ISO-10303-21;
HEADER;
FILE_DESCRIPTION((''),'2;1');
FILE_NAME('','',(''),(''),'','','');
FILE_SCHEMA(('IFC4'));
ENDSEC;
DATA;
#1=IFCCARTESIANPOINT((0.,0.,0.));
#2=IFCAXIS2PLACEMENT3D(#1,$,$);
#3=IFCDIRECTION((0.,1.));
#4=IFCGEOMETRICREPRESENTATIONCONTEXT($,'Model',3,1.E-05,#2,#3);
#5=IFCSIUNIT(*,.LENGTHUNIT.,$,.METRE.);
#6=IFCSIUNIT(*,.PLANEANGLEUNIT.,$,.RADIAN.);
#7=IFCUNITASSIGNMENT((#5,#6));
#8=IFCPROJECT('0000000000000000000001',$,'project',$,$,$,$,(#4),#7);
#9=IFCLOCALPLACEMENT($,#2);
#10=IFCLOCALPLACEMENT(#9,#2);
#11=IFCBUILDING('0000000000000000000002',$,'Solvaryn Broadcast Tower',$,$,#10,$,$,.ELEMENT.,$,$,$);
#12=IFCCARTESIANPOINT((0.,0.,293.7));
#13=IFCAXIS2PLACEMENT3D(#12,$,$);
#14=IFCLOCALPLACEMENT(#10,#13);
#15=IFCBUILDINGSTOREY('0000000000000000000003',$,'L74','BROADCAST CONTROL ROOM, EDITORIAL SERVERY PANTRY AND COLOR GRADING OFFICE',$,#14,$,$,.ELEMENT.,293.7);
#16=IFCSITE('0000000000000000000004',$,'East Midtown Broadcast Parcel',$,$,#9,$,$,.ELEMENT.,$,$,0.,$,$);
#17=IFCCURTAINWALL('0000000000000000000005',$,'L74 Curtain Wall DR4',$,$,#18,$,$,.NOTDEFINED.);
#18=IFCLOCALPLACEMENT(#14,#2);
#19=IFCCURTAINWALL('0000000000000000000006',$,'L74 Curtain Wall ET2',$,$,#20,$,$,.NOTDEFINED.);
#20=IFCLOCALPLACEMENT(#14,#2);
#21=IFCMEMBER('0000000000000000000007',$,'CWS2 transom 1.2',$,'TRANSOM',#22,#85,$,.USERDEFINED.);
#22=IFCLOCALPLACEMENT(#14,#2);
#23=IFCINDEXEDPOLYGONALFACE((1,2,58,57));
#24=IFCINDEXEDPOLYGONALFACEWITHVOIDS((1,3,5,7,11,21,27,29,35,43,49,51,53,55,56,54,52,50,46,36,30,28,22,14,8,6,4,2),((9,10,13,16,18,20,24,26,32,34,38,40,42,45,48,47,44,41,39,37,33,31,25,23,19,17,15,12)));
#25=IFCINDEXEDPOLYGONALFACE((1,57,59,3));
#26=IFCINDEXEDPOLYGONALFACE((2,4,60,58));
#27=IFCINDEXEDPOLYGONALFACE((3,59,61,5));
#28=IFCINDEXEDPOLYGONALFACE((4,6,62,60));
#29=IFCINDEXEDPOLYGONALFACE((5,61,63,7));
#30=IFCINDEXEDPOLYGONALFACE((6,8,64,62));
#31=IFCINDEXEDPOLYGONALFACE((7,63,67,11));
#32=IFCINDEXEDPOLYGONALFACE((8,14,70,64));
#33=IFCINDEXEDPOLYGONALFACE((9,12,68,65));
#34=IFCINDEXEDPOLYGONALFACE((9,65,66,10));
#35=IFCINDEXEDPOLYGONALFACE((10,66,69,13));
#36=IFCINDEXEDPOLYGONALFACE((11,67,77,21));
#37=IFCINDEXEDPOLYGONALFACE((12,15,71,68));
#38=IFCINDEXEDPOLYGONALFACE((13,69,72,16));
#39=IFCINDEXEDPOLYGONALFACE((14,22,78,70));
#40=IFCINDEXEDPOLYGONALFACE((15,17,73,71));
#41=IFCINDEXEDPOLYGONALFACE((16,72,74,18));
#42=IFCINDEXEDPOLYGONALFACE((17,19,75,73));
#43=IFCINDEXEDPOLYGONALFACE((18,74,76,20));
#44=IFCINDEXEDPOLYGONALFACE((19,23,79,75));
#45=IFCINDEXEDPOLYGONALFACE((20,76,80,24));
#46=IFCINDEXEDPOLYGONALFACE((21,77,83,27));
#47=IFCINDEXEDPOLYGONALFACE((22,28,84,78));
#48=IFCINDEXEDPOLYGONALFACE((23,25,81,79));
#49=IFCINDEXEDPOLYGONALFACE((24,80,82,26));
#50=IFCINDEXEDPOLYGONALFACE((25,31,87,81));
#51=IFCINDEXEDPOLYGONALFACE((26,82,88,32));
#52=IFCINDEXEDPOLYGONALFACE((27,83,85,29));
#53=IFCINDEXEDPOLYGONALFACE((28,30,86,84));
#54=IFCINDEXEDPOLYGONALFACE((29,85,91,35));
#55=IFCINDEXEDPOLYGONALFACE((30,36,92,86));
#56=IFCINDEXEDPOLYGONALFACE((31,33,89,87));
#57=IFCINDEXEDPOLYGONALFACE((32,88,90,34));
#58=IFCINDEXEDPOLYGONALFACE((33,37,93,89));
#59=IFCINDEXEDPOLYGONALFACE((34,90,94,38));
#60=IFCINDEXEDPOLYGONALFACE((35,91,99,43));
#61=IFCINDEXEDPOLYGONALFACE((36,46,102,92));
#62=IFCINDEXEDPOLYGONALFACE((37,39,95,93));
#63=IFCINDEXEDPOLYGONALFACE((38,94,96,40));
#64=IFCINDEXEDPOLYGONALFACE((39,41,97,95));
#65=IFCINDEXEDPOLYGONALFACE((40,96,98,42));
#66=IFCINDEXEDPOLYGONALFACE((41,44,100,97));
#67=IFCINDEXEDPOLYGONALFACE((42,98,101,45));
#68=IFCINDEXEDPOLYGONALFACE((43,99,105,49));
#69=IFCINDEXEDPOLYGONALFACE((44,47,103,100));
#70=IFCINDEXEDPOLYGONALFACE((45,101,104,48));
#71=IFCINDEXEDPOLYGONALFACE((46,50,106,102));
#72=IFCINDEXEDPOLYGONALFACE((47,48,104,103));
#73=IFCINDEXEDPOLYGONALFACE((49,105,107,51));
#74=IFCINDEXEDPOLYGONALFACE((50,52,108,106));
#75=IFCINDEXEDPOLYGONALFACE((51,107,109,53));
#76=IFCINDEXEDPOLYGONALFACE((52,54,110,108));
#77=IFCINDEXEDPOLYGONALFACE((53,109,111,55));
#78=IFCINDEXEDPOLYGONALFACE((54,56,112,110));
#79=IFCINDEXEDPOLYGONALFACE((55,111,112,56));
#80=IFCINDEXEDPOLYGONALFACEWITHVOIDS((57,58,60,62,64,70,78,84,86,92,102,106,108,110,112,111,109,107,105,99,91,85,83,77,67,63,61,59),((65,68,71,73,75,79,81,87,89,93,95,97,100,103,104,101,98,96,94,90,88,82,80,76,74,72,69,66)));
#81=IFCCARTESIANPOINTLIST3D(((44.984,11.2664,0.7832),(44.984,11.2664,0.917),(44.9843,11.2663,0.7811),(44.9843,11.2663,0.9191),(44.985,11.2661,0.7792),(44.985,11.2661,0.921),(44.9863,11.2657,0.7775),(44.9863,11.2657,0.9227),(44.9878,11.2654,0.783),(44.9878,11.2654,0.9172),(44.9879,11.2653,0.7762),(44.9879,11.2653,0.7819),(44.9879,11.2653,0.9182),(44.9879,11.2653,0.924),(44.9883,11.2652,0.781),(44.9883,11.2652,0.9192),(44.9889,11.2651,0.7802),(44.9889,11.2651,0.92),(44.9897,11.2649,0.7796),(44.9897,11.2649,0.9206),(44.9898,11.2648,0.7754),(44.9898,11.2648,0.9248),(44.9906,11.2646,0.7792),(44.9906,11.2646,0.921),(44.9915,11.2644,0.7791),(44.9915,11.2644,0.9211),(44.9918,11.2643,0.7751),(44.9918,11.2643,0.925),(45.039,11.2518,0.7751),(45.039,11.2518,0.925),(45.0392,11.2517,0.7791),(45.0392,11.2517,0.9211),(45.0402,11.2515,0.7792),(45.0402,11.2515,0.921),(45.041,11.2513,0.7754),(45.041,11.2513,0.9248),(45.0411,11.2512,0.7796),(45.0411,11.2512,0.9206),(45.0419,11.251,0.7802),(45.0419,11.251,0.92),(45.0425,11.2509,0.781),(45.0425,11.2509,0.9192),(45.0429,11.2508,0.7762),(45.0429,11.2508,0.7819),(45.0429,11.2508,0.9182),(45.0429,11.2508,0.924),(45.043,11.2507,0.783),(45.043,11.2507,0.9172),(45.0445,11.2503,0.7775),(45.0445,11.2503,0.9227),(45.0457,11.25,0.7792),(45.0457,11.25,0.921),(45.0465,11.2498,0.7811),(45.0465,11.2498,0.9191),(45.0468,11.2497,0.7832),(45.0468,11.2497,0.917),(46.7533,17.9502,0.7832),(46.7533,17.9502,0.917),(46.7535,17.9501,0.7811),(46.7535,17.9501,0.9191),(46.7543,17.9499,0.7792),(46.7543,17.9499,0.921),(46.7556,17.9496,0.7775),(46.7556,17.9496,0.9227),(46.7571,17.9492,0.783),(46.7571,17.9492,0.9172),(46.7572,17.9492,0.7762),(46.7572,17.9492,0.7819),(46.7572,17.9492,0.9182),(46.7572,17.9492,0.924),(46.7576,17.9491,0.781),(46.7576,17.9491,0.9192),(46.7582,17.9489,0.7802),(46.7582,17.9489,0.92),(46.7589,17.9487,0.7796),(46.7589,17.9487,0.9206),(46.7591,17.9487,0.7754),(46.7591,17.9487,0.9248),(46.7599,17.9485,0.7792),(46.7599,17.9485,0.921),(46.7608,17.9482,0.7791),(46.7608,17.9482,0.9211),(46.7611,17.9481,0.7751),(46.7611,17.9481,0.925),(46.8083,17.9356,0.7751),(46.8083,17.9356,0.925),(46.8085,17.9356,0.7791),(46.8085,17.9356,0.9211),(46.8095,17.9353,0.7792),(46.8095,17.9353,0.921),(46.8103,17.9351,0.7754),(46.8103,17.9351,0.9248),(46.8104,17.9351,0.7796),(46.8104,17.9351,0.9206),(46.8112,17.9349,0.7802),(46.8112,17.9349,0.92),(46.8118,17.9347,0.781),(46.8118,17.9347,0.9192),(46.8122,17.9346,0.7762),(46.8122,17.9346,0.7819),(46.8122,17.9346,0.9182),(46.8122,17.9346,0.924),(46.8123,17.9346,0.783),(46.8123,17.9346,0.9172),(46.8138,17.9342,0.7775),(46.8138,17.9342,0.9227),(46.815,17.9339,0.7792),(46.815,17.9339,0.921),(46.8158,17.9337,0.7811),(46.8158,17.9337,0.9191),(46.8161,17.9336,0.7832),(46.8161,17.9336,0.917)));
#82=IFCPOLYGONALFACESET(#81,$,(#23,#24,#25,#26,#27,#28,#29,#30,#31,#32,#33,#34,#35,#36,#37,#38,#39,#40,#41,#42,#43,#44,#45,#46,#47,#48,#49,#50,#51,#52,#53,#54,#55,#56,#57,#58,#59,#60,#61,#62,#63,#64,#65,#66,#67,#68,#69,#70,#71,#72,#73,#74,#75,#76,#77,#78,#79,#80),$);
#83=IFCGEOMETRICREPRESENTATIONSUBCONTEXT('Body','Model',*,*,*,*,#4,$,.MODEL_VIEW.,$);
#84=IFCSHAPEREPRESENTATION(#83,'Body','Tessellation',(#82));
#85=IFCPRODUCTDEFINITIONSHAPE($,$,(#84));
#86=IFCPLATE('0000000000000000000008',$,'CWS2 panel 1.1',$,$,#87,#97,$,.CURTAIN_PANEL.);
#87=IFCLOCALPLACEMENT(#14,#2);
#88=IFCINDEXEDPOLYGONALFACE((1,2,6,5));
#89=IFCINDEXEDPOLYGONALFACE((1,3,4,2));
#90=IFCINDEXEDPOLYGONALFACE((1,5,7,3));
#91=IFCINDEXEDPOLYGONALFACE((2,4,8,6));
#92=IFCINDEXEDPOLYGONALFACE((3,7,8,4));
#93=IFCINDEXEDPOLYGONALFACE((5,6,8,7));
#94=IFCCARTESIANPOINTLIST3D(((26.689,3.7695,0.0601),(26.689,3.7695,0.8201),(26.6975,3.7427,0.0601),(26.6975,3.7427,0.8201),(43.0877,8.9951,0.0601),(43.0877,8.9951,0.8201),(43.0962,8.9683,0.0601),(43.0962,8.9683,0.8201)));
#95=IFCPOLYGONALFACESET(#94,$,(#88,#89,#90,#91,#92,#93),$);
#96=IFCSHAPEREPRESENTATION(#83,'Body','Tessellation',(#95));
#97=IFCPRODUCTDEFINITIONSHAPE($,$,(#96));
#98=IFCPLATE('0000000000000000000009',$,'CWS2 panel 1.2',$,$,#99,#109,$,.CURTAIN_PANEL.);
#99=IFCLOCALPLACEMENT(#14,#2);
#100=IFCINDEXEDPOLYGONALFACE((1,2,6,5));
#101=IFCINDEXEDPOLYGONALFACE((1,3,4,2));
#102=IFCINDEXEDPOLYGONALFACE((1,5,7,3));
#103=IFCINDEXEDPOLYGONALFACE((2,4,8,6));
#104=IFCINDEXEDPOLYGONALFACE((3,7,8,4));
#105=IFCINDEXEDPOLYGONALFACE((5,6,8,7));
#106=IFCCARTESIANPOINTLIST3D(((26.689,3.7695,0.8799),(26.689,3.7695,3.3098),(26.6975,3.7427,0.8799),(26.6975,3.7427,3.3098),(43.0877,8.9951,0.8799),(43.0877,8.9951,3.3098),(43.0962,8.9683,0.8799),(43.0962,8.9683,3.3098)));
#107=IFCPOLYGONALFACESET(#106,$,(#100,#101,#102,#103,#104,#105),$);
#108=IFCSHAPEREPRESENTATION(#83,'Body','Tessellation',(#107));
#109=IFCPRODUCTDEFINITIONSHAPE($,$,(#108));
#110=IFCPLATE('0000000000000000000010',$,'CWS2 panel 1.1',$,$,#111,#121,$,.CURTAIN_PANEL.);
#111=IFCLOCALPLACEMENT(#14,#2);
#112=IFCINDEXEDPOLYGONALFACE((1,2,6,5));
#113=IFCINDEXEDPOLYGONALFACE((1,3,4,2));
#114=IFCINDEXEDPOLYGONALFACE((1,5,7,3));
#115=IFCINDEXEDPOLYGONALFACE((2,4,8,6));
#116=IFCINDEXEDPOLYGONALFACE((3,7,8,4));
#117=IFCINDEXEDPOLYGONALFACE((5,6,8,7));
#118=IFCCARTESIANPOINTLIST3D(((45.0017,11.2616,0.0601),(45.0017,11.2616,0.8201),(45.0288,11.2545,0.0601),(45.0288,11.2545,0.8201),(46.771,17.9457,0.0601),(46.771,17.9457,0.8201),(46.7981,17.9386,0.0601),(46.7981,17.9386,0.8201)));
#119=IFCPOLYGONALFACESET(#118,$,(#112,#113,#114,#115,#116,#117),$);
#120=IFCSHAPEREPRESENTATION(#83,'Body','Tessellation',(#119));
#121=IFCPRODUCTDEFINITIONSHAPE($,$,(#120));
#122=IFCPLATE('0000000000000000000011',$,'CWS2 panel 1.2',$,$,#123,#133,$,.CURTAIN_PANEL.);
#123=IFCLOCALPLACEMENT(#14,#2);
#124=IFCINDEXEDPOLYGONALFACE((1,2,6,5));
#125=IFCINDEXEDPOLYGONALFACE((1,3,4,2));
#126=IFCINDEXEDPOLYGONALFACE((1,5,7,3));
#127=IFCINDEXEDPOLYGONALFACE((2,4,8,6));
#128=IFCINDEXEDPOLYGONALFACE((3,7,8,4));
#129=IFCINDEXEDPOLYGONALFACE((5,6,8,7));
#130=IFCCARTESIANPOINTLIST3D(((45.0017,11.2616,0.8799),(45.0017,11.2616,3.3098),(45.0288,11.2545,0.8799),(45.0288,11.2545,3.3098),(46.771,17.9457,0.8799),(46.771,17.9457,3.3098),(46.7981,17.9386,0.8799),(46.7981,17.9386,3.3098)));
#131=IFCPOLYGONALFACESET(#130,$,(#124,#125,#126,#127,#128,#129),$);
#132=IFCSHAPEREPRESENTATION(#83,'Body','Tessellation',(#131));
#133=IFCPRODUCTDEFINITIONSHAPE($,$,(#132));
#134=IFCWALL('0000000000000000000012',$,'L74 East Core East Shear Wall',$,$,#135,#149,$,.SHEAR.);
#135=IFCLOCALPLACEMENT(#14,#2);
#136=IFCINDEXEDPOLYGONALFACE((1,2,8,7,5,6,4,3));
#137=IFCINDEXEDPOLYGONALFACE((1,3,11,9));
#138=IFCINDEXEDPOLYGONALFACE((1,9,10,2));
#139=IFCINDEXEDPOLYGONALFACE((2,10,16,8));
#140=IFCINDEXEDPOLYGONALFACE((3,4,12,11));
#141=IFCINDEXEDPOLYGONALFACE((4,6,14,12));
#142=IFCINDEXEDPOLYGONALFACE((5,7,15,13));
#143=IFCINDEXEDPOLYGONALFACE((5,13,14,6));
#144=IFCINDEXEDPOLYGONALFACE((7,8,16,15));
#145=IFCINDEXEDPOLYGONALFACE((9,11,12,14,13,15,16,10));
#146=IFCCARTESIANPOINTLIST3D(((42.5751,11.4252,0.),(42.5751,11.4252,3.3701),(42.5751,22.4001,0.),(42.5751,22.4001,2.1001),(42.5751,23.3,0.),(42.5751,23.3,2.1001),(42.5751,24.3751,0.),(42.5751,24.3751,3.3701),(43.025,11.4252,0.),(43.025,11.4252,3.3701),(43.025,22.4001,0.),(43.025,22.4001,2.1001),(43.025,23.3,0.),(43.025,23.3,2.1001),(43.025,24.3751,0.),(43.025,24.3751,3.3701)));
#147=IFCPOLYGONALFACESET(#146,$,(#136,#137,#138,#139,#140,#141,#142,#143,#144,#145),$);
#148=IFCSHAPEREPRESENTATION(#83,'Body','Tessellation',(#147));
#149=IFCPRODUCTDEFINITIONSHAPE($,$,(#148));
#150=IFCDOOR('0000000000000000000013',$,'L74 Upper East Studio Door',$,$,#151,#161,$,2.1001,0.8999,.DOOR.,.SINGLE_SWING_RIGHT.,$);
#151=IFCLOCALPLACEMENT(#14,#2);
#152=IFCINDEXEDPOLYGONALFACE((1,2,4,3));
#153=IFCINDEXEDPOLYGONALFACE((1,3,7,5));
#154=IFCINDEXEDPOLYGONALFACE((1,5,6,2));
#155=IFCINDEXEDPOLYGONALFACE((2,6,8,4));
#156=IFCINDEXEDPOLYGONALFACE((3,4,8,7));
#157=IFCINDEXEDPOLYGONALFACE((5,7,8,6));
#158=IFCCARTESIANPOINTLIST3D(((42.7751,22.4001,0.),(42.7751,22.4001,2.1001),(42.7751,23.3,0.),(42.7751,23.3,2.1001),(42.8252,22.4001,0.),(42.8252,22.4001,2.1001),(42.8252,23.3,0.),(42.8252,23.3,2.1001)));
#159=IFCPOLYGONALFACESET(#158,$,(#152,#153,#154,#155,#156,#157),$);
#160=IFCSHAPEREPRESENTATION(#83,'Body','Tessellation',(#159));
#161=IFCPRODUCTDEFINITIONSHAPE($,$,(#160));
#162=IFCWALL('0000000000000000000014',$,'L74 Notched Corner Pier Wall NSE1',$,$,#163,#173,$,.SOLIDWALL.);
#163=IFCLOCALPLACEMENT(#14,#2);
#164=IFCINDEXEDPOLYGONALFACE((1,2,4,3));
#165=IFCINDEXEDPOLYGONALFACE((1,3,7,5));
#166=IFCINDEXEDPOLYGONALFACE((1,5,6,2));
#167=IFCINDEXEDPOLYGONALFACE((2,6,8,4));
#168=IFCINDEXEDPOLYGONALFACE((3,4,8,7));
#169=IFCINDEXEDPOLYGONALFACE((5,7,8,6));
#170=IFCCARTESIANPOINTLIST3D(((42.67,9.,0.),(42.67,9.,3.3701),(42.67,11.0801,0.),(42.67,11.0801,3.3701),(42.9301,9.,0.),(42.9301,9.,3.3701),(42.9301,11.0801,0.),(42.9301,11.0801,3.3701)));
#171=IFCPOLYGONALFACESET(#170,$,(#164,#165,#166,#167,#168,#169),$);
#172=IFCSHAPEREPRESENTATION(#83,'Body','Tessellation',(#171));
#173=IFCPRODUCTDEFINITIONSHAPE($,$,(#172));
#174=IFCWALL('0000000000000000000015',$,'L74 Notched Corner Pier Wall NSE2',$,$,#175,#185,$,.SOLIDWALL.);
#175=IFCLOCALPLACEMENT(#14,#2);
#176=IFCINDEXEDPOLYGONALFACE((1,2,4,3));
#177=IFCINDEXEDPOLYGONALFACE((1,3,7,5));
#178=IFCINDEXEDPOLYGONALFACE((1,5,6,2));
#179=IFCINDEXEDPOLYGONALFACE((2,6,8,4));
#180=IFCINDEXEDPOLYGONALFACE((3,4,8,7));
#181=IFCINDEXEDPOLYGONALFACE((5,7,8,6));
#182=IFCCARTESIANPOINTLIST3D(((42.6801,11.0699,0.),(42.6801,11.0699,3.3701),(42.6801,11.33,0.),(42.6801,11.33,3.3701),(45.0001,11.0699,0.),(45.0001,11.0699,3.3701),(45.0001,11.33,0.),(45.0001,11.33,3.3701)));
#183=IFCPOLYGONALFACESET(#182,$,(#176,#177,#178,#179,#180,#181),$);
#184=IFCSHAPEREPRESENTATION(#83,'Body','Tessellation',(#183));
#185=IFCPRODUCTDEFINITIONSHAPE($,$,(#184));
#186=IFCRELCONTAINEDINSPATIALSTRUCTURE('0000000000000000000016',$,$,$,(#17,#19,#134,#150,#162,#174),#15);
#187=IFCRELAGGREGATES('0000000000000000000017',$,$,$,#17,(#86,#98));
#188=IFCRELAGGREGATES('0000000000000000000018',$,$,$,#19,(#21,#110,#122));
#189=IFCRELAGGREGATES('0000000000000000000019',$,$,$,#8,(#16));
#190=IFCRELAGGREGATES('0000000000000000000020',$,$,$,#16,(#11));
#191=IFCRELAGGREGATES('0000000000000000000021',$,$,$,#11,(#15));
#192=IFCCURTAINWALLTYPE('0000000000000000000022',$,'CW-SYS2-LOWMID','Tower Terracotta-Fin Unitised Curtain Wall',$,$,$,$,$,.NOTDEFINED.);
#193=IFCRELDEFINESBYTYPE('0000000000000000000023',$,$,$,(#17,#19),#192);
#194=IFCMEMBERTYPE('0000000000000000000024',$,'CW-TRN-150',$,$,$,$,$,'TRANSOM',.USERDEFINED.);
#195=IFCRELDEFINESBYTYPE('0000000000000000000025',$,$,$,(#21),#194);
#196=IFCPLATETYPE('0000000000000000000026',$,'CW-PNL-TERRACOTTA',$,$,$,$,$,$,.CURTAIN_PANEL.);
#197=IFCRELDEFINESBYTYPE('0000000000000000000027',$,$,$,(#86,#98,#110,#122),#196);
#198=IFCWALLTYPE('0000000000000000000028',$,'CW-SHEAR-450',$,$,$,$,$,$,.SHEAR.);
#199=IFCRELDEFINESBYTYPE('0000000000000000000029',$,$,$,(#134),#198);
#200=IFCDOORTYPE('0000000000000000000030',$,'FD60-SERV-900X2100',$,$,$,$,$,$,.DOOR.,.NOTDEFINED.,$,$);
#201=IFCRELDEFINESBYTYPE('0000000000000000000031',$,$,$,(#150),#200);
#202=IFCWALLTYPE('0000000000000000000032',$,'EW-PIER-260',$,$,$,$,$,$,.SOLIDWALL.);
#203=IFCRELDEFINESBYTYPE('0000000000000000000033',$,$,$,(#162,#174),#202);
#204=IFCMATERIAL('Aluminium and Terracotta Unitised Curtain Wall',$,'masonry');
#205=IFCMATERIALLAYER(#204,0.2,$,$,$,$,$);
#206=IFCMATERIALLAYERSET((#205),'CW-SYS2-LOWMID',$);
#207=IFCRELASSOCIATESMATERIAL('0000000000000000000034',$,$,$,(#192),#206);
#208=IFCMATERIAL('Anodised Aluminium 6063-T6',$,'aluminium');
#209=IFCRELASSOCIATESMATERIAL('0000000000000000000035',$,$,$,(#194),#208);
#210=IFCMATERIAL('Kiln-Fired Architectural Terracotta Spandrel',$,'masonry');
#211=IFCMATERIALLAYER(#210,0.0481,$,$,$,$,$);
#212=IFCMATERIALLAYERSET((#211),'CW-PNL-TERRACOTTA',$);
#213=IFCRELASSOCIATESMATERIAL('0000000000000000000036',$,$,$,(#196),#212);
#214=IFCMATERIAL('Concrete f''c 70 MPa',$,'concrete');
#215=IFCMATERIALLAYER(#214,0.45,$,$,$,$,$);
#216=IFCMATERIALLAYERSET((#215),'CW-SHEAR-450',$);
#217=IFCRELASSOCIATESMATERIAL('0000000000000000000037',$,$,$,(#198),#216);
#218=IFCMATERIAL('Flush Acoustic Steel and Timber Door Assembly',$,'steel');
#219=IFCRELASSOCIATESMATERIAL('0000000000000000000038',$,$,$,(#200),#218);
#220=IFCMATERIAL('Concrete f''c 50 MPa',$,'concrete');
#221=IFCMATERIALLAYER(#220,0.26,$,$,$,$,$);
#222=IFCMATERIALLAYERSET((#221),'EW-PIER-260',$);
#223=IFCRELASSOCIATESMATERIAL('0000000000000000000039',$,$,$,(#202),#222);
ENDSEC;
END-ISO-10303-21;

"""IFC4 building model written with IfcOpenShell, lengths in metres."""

from ifc_helpers import new_model, si_unit, direction, frame, frame_2d, origin, origin_2d, place, context, subcontext, project, spatial, rectangle, hollow_rectangle, extrude, material, layer, layer_set, material_profile, profile_set, type_object, element, fill, aggregate, save


model = new_model("IFC4")

# Units and contexts
model_context = context("Model", 3, precision=1e-05, world=origin(), true_north=direction((0.0, 1.0)))
body_context = subcontext(model_context, "Body", "Model", "MODEL_VIEW")
ifc_project = project(units=[si_unit("LENGTHUNIT", "METRE"), si_unit("PLANEANGLEUNIT", "RADIAN")], contexts=[model_context])

# Site, building, storey
site_placement = place(None, origin())
site = spatial("IfcSite", under=ifc_project, at=site_placement, Name="East Midtown Broadcast Parcel", CompositionType="ELEMENT", RefElevation=0.0)
building_placement = place(site_placement, origin())
building = spatial("IfcBuilding", under=site, at=building_placement, Name="Solvaryn Broadcast Tower", CompositionType="ELEMENT")
storey_placement = place(building_placement, frame((0.0, 0.0, 293.7)))
storey = spatial("IfcBuildingStorey", under=building, at=storey_placement, Name="L74", Description="BROADCAST CONTROL ROOM, EDITORIAL SERVERY PANTRY AND COLOR GRADING OFFICE", CompositionType="ELEMENT", Elevation=293.7)

# Curtain wall
ifc_material_1 = material(Name="Aluminium and Terracotta Unitised Curtain Wall", Category="masonry")
ifc_layer_1 = layer(ifc_material_1, 0.2)
ifc_layer_set_1 = layer_set([ifc_layer_1], Name="CW-SYS2-LOWMID")
curtain_wall_type = type_object("IfcCurtainWallType", Name="CW-SYS2-LOWMID", Description="Tower Terracotta-Fin Unitised Curtain Wall", PredefinedType="NOTDEFINED", material=ifc_layer_set_1)
curtain_wall_1_placement = place(storey_placement, origin())
curtain_wall_1 = element("IfcCurtainWall", 1, at=curtain_wall_1_placement, inside=storey, type_object=curtain_wall_type, Name="L74 Curtain Wall DR4", PredefinedType="NOTDEFINED")

# Curtain wall, member
curtain_wall_2_placement = place(storey_placement, origin())
curtain_wall_2 = element("IfcCurtainWall", 2, at=curtain_wall_2_placement, inside=storey, type_object=curtain_wall_type, Name="L74 Curtain Wall ET2", PredefinedType="NOTDEFINED")
ifc_material_2 = material(Name="Anodised Aluminium 6063-T6", Category="aluminium")
ifc_material_profile_1 = material_profile(ifc_material_2, hollow_rectangle(XDim=0.0649, YDim=0.1499, WallThickness=0.0039, InnerFilletRadius=0.0039, OuterFilletRadius=0.0081, at=origin_2d()))
ifc_profile_set_1 = profile_set([ifc_material_profile_1], Name="Anodised Aluminium 6063-T6")
member_type_1 = type_object("IfcMemberType", Name="CW-TRN-150", ElementType="TRANSOM", PredefinedType="USERDEFINED", material=ifc_profile_set_1)
member_1_placement = place(storey_placement, frame((46.7847, 17.9419, 0.8501), z_axis=(-0.255897, -0.966704, 0.0), x_axis=(0.966704, -0.255897, 0.0)))
member_1 = element("IfcMember", 3, at=member_1_placement, type_object=member_type_1, Name="CWS2 transom 1.2", ObjectType="TRANSOM", PredefinedType="USERDEFINED", context=body_context, shape_type="SweptSolid", body=[
    extrude(hollow_rectangle(XDim=0.0649, YDim=0.1499, WallThickness=0.0039, InnerFilletRadius=0.0039, OuterFilletRadius=0.0081, at=origin_2d()), origin(), (0.0, 0.0, 1.0), 6.9141),
])

# Plates
ifc_material_3 = material(Name="Kiln-Fired Architectural Terracotta Spandrel", Category="masonry")
ifc_layer_2 = layer(ifc_material_3, 0.0481)
ifc_layer_set_2 = layer_set([ifc_layer_2], Name="CW-PNL-TERRACOTTA")
plate_type = type_object("IfcPlateType", Name="CW-PNL-TERRACOTTA", PredefinedType="CURTAIN_PANEL", material=ifc_layer_set_2)
plate_1_placement = place(storey_placement, frame((34.8926, 6.3689, 0.0601), z_axis=(0.0, 0.0, 1.0), x_axis=(0.952795, 0.303616, 0.0)))
plate_1 = element("IfcPlate", 4, at=plate_1_placement, type_object=plate_type, Name="CWS2 panel 1.1", PredefinedType="CURTAIN_PANEL", context=body_context, shape_type="SweptSolid", body=[
    extrude(rectangle(XDim=17.2112, YDim=0.0281, at=origin_2d()), origin(), (0.0, 0.0, 1.0), 0.76),
])
plate_2_placement = place(storey_placement, frame((34.8926, 6.3689, 0.8799), z_axis=(0.0, 0.0, 1.0), x_axis=(0.952795, 0.303616, 0.0)))
plate_2 = element("IfcPlate", 5, at=plate_2_placement, type_object=plate_type, Name="CWS2 panel 1.2", PredefinedType="CURTAIN_PANEL", context=body_context, shape_type="SweptSolid", body=[
    extrude(rectangle(XDim=17.2112, YDim=0.0281, at=origin_2d()), origin(), (0.0, 0.0, 1.0), 2.4299),
])
aggregate(curtain_wall_1, [plate_1, plate_2])
plate_3_placement = place(storey_placement, frame((45.8999, 14.6001, 0.0601), z_axis=(0.0, 0.0, 1.0), x_axis=(-0.255893, -0.966705, 0.0)))
plate_3 = element("IfcPlate", 6, at=plate_3_placement, type_object=plate_type, Name="CWS2 panel 1.1", PredefinedType="CURTAIN_PANEL", context=body_context, shape_type="SweptSolid", body=[
    extrude(rectangle(XDim=6.9143, YDim=0.0281, at=origin_2d()), origin(), (0.0, 0.0, 1.0), 0.76),
])
plate_4_placement = place(storey_placement, frame((45.8999, 14.6001, 0.8799), z_axis=(0.0, 0.0, 1.0), x_axis=(-0.255893, -0.966705, 0.0)))
plate_4 = element("IfcPlate", 7, at=plate_4_placement, type_object=plate_type, Name="CWS2 panel 1.2", PredefinedType="CURTAIN_PANEL", context=body_context, shape_type="SweptSolid", body=[
    extrude(rectangle(XDim=6.9143, YDim=0.0281, at=origin_2d()), origin(), (0.0, 0.0, 1.0), 2.4299),
])
aggregate(curtain_wall_2, [member_1, plate_3, plate_4])

# Wall, opening, door
ifc_material_4 = material(Name="Concrete f'c 70 MPa", Category="concrete")
ifc_layer_3 = layer(ifc_material_4, 0.45)
ifc_layer_set_3 = layer_set([ifc_layer_3], Name="CW-SHEAR-450")
wall_type_1 = type_object("IfcWallType", Name="CW-SHEAR-450", PredefinedType="SHEAR", material=ifc_layer_set_3)
wall_1_placement = place(storey_placement, frame((42.8, 11.425, 0.0), z_axis=(0.0, 0.0, 1.0), x_axis=(0.0, 1.0, 0.0)))
wall_1 = element("IfcWall", 8, at=wall_1_placement, inside=storey, type_object=wall_type_1, Name="L74 East Core East Shear Wall", PredefinedType="SHEAR", context=body_context, shape_type="SweptSolid", body=[
    extrude(rectangle(XDim=12.95, YDim=0.45, at=frame_2d((6.4751, 0.0))), origin(), (0.0, 0.0, 1.0), 3.3701),
])
opening_1_placement = place(wall_1_placement, frame((10.9751, 0.0, 0.0)))
opening_1 = element("IfcOpeningElement", 9, at=opening_1_placement, cuts=wall_1, PredefinedType="OPENING", context=body_context, shape_type="SweptSolid", body=[
    extrude(rectangle(XDim=0.8999, YDim=2.1001, at=frame_2d((0.45, 1.05))), frame((0.0, 0.2351, 0.0), z_axis=(0.0, -1.0, 0.0), x_axis=(1.0, 0.0, 0.0)), (0.0, 0.0, 1.0), 0.47),
])
ifc_material_5 = material(Name="Flush Acoustic Steel and Timber Door Assembly", Category="steel")
door_type = type_object("IfcDoorType", Name="FD60-SERV-900X2100", OperationType="NOTDEFINED", PredefinedType="DOOR", material=ifc_material_5)
door_1_placement = place(opening_1_placement, origin())
door_1 = element("IfcDoor", 10, at=door_1_placement, inside=storey, type_object=door_type, Name="L74 Upper East Studio Door", OperationType="SINGLE_SWING_RIGHT", OverallHeight=2.1001, OverallWidth=0.8999, PredefinedType="DOOR", context=body_context, shape_type="SweptSolid", body=[
    extrude(rectangle(XDim=0.8999, YDim=2.1001, at=frame_2d((0.45, 1.05))), frame((0.0, 0.0249, 0.0), z_axis=(0.0, -1.0, 0.0), x_axis=(1.0, 0.0, 0.0)), (0.0, 0.0, 1.0), 0.05),
])
fill(opening_1, door_1)

# Walls
ifc_material_6 = material(Name="Concrete f'c 50 MPa", Category="concrete")
ifc_layer_4 = layer(ifc_material_6, 0.26)
ifc_layer_set_4 = layer_set([ifc_layer_4], Name="EW-PIER-260")
wall_type_2 = type_object("IfcWallType", Name="EW-PIER-260", PredefinedType="SOLIDWALL", material=ifc_layer_set_4)
wall_2_placement = place(storey_placement, frame((42.8, 9.0, 0.0), z_axis=(0.0, 0.0, 1.0), x_axis=(0.0, 1.0, 0.0)))
element("IfcWall", 11, at=wall_2_placement, inside=storey, type_object=wall_type_2, Name="L74 Notched Corner Pier Wall NSE1", PredefinedType="SOLIDWALL", context=body_context, shape_type="SweptSolid", body=[
    extrude(rectangle(XDim=2.0801, YDim=0.26, at=frame_2d((1.04, 0.0))), origin(), (0.0, 0.0, 1.0), 3.3701),
])
wall_3_placement = place(storey_placement, frame((42.6799, 11.2, 0.0), z_axis=(0.0, 0.0, 1.0), x_axis=(1.0, 0.0, 0.0)))
element("IfcWall", 12, at=wall_3_placement, inside=storey, type_object=wall_type_2, Name="L74 Notched Corner Pier Wall NSE2", PredefinedType="SOLIDWALL", context=body_context, shape_type="SweptSolid", body=[
    extrude(rectangle(XDim=2.3201, YDim=0.26, at=frame_2d((1.1602, 0.0))), origin(), (0.0, 0.0, 1.0), 3.3701),
])

save(model, "model.ifc")
